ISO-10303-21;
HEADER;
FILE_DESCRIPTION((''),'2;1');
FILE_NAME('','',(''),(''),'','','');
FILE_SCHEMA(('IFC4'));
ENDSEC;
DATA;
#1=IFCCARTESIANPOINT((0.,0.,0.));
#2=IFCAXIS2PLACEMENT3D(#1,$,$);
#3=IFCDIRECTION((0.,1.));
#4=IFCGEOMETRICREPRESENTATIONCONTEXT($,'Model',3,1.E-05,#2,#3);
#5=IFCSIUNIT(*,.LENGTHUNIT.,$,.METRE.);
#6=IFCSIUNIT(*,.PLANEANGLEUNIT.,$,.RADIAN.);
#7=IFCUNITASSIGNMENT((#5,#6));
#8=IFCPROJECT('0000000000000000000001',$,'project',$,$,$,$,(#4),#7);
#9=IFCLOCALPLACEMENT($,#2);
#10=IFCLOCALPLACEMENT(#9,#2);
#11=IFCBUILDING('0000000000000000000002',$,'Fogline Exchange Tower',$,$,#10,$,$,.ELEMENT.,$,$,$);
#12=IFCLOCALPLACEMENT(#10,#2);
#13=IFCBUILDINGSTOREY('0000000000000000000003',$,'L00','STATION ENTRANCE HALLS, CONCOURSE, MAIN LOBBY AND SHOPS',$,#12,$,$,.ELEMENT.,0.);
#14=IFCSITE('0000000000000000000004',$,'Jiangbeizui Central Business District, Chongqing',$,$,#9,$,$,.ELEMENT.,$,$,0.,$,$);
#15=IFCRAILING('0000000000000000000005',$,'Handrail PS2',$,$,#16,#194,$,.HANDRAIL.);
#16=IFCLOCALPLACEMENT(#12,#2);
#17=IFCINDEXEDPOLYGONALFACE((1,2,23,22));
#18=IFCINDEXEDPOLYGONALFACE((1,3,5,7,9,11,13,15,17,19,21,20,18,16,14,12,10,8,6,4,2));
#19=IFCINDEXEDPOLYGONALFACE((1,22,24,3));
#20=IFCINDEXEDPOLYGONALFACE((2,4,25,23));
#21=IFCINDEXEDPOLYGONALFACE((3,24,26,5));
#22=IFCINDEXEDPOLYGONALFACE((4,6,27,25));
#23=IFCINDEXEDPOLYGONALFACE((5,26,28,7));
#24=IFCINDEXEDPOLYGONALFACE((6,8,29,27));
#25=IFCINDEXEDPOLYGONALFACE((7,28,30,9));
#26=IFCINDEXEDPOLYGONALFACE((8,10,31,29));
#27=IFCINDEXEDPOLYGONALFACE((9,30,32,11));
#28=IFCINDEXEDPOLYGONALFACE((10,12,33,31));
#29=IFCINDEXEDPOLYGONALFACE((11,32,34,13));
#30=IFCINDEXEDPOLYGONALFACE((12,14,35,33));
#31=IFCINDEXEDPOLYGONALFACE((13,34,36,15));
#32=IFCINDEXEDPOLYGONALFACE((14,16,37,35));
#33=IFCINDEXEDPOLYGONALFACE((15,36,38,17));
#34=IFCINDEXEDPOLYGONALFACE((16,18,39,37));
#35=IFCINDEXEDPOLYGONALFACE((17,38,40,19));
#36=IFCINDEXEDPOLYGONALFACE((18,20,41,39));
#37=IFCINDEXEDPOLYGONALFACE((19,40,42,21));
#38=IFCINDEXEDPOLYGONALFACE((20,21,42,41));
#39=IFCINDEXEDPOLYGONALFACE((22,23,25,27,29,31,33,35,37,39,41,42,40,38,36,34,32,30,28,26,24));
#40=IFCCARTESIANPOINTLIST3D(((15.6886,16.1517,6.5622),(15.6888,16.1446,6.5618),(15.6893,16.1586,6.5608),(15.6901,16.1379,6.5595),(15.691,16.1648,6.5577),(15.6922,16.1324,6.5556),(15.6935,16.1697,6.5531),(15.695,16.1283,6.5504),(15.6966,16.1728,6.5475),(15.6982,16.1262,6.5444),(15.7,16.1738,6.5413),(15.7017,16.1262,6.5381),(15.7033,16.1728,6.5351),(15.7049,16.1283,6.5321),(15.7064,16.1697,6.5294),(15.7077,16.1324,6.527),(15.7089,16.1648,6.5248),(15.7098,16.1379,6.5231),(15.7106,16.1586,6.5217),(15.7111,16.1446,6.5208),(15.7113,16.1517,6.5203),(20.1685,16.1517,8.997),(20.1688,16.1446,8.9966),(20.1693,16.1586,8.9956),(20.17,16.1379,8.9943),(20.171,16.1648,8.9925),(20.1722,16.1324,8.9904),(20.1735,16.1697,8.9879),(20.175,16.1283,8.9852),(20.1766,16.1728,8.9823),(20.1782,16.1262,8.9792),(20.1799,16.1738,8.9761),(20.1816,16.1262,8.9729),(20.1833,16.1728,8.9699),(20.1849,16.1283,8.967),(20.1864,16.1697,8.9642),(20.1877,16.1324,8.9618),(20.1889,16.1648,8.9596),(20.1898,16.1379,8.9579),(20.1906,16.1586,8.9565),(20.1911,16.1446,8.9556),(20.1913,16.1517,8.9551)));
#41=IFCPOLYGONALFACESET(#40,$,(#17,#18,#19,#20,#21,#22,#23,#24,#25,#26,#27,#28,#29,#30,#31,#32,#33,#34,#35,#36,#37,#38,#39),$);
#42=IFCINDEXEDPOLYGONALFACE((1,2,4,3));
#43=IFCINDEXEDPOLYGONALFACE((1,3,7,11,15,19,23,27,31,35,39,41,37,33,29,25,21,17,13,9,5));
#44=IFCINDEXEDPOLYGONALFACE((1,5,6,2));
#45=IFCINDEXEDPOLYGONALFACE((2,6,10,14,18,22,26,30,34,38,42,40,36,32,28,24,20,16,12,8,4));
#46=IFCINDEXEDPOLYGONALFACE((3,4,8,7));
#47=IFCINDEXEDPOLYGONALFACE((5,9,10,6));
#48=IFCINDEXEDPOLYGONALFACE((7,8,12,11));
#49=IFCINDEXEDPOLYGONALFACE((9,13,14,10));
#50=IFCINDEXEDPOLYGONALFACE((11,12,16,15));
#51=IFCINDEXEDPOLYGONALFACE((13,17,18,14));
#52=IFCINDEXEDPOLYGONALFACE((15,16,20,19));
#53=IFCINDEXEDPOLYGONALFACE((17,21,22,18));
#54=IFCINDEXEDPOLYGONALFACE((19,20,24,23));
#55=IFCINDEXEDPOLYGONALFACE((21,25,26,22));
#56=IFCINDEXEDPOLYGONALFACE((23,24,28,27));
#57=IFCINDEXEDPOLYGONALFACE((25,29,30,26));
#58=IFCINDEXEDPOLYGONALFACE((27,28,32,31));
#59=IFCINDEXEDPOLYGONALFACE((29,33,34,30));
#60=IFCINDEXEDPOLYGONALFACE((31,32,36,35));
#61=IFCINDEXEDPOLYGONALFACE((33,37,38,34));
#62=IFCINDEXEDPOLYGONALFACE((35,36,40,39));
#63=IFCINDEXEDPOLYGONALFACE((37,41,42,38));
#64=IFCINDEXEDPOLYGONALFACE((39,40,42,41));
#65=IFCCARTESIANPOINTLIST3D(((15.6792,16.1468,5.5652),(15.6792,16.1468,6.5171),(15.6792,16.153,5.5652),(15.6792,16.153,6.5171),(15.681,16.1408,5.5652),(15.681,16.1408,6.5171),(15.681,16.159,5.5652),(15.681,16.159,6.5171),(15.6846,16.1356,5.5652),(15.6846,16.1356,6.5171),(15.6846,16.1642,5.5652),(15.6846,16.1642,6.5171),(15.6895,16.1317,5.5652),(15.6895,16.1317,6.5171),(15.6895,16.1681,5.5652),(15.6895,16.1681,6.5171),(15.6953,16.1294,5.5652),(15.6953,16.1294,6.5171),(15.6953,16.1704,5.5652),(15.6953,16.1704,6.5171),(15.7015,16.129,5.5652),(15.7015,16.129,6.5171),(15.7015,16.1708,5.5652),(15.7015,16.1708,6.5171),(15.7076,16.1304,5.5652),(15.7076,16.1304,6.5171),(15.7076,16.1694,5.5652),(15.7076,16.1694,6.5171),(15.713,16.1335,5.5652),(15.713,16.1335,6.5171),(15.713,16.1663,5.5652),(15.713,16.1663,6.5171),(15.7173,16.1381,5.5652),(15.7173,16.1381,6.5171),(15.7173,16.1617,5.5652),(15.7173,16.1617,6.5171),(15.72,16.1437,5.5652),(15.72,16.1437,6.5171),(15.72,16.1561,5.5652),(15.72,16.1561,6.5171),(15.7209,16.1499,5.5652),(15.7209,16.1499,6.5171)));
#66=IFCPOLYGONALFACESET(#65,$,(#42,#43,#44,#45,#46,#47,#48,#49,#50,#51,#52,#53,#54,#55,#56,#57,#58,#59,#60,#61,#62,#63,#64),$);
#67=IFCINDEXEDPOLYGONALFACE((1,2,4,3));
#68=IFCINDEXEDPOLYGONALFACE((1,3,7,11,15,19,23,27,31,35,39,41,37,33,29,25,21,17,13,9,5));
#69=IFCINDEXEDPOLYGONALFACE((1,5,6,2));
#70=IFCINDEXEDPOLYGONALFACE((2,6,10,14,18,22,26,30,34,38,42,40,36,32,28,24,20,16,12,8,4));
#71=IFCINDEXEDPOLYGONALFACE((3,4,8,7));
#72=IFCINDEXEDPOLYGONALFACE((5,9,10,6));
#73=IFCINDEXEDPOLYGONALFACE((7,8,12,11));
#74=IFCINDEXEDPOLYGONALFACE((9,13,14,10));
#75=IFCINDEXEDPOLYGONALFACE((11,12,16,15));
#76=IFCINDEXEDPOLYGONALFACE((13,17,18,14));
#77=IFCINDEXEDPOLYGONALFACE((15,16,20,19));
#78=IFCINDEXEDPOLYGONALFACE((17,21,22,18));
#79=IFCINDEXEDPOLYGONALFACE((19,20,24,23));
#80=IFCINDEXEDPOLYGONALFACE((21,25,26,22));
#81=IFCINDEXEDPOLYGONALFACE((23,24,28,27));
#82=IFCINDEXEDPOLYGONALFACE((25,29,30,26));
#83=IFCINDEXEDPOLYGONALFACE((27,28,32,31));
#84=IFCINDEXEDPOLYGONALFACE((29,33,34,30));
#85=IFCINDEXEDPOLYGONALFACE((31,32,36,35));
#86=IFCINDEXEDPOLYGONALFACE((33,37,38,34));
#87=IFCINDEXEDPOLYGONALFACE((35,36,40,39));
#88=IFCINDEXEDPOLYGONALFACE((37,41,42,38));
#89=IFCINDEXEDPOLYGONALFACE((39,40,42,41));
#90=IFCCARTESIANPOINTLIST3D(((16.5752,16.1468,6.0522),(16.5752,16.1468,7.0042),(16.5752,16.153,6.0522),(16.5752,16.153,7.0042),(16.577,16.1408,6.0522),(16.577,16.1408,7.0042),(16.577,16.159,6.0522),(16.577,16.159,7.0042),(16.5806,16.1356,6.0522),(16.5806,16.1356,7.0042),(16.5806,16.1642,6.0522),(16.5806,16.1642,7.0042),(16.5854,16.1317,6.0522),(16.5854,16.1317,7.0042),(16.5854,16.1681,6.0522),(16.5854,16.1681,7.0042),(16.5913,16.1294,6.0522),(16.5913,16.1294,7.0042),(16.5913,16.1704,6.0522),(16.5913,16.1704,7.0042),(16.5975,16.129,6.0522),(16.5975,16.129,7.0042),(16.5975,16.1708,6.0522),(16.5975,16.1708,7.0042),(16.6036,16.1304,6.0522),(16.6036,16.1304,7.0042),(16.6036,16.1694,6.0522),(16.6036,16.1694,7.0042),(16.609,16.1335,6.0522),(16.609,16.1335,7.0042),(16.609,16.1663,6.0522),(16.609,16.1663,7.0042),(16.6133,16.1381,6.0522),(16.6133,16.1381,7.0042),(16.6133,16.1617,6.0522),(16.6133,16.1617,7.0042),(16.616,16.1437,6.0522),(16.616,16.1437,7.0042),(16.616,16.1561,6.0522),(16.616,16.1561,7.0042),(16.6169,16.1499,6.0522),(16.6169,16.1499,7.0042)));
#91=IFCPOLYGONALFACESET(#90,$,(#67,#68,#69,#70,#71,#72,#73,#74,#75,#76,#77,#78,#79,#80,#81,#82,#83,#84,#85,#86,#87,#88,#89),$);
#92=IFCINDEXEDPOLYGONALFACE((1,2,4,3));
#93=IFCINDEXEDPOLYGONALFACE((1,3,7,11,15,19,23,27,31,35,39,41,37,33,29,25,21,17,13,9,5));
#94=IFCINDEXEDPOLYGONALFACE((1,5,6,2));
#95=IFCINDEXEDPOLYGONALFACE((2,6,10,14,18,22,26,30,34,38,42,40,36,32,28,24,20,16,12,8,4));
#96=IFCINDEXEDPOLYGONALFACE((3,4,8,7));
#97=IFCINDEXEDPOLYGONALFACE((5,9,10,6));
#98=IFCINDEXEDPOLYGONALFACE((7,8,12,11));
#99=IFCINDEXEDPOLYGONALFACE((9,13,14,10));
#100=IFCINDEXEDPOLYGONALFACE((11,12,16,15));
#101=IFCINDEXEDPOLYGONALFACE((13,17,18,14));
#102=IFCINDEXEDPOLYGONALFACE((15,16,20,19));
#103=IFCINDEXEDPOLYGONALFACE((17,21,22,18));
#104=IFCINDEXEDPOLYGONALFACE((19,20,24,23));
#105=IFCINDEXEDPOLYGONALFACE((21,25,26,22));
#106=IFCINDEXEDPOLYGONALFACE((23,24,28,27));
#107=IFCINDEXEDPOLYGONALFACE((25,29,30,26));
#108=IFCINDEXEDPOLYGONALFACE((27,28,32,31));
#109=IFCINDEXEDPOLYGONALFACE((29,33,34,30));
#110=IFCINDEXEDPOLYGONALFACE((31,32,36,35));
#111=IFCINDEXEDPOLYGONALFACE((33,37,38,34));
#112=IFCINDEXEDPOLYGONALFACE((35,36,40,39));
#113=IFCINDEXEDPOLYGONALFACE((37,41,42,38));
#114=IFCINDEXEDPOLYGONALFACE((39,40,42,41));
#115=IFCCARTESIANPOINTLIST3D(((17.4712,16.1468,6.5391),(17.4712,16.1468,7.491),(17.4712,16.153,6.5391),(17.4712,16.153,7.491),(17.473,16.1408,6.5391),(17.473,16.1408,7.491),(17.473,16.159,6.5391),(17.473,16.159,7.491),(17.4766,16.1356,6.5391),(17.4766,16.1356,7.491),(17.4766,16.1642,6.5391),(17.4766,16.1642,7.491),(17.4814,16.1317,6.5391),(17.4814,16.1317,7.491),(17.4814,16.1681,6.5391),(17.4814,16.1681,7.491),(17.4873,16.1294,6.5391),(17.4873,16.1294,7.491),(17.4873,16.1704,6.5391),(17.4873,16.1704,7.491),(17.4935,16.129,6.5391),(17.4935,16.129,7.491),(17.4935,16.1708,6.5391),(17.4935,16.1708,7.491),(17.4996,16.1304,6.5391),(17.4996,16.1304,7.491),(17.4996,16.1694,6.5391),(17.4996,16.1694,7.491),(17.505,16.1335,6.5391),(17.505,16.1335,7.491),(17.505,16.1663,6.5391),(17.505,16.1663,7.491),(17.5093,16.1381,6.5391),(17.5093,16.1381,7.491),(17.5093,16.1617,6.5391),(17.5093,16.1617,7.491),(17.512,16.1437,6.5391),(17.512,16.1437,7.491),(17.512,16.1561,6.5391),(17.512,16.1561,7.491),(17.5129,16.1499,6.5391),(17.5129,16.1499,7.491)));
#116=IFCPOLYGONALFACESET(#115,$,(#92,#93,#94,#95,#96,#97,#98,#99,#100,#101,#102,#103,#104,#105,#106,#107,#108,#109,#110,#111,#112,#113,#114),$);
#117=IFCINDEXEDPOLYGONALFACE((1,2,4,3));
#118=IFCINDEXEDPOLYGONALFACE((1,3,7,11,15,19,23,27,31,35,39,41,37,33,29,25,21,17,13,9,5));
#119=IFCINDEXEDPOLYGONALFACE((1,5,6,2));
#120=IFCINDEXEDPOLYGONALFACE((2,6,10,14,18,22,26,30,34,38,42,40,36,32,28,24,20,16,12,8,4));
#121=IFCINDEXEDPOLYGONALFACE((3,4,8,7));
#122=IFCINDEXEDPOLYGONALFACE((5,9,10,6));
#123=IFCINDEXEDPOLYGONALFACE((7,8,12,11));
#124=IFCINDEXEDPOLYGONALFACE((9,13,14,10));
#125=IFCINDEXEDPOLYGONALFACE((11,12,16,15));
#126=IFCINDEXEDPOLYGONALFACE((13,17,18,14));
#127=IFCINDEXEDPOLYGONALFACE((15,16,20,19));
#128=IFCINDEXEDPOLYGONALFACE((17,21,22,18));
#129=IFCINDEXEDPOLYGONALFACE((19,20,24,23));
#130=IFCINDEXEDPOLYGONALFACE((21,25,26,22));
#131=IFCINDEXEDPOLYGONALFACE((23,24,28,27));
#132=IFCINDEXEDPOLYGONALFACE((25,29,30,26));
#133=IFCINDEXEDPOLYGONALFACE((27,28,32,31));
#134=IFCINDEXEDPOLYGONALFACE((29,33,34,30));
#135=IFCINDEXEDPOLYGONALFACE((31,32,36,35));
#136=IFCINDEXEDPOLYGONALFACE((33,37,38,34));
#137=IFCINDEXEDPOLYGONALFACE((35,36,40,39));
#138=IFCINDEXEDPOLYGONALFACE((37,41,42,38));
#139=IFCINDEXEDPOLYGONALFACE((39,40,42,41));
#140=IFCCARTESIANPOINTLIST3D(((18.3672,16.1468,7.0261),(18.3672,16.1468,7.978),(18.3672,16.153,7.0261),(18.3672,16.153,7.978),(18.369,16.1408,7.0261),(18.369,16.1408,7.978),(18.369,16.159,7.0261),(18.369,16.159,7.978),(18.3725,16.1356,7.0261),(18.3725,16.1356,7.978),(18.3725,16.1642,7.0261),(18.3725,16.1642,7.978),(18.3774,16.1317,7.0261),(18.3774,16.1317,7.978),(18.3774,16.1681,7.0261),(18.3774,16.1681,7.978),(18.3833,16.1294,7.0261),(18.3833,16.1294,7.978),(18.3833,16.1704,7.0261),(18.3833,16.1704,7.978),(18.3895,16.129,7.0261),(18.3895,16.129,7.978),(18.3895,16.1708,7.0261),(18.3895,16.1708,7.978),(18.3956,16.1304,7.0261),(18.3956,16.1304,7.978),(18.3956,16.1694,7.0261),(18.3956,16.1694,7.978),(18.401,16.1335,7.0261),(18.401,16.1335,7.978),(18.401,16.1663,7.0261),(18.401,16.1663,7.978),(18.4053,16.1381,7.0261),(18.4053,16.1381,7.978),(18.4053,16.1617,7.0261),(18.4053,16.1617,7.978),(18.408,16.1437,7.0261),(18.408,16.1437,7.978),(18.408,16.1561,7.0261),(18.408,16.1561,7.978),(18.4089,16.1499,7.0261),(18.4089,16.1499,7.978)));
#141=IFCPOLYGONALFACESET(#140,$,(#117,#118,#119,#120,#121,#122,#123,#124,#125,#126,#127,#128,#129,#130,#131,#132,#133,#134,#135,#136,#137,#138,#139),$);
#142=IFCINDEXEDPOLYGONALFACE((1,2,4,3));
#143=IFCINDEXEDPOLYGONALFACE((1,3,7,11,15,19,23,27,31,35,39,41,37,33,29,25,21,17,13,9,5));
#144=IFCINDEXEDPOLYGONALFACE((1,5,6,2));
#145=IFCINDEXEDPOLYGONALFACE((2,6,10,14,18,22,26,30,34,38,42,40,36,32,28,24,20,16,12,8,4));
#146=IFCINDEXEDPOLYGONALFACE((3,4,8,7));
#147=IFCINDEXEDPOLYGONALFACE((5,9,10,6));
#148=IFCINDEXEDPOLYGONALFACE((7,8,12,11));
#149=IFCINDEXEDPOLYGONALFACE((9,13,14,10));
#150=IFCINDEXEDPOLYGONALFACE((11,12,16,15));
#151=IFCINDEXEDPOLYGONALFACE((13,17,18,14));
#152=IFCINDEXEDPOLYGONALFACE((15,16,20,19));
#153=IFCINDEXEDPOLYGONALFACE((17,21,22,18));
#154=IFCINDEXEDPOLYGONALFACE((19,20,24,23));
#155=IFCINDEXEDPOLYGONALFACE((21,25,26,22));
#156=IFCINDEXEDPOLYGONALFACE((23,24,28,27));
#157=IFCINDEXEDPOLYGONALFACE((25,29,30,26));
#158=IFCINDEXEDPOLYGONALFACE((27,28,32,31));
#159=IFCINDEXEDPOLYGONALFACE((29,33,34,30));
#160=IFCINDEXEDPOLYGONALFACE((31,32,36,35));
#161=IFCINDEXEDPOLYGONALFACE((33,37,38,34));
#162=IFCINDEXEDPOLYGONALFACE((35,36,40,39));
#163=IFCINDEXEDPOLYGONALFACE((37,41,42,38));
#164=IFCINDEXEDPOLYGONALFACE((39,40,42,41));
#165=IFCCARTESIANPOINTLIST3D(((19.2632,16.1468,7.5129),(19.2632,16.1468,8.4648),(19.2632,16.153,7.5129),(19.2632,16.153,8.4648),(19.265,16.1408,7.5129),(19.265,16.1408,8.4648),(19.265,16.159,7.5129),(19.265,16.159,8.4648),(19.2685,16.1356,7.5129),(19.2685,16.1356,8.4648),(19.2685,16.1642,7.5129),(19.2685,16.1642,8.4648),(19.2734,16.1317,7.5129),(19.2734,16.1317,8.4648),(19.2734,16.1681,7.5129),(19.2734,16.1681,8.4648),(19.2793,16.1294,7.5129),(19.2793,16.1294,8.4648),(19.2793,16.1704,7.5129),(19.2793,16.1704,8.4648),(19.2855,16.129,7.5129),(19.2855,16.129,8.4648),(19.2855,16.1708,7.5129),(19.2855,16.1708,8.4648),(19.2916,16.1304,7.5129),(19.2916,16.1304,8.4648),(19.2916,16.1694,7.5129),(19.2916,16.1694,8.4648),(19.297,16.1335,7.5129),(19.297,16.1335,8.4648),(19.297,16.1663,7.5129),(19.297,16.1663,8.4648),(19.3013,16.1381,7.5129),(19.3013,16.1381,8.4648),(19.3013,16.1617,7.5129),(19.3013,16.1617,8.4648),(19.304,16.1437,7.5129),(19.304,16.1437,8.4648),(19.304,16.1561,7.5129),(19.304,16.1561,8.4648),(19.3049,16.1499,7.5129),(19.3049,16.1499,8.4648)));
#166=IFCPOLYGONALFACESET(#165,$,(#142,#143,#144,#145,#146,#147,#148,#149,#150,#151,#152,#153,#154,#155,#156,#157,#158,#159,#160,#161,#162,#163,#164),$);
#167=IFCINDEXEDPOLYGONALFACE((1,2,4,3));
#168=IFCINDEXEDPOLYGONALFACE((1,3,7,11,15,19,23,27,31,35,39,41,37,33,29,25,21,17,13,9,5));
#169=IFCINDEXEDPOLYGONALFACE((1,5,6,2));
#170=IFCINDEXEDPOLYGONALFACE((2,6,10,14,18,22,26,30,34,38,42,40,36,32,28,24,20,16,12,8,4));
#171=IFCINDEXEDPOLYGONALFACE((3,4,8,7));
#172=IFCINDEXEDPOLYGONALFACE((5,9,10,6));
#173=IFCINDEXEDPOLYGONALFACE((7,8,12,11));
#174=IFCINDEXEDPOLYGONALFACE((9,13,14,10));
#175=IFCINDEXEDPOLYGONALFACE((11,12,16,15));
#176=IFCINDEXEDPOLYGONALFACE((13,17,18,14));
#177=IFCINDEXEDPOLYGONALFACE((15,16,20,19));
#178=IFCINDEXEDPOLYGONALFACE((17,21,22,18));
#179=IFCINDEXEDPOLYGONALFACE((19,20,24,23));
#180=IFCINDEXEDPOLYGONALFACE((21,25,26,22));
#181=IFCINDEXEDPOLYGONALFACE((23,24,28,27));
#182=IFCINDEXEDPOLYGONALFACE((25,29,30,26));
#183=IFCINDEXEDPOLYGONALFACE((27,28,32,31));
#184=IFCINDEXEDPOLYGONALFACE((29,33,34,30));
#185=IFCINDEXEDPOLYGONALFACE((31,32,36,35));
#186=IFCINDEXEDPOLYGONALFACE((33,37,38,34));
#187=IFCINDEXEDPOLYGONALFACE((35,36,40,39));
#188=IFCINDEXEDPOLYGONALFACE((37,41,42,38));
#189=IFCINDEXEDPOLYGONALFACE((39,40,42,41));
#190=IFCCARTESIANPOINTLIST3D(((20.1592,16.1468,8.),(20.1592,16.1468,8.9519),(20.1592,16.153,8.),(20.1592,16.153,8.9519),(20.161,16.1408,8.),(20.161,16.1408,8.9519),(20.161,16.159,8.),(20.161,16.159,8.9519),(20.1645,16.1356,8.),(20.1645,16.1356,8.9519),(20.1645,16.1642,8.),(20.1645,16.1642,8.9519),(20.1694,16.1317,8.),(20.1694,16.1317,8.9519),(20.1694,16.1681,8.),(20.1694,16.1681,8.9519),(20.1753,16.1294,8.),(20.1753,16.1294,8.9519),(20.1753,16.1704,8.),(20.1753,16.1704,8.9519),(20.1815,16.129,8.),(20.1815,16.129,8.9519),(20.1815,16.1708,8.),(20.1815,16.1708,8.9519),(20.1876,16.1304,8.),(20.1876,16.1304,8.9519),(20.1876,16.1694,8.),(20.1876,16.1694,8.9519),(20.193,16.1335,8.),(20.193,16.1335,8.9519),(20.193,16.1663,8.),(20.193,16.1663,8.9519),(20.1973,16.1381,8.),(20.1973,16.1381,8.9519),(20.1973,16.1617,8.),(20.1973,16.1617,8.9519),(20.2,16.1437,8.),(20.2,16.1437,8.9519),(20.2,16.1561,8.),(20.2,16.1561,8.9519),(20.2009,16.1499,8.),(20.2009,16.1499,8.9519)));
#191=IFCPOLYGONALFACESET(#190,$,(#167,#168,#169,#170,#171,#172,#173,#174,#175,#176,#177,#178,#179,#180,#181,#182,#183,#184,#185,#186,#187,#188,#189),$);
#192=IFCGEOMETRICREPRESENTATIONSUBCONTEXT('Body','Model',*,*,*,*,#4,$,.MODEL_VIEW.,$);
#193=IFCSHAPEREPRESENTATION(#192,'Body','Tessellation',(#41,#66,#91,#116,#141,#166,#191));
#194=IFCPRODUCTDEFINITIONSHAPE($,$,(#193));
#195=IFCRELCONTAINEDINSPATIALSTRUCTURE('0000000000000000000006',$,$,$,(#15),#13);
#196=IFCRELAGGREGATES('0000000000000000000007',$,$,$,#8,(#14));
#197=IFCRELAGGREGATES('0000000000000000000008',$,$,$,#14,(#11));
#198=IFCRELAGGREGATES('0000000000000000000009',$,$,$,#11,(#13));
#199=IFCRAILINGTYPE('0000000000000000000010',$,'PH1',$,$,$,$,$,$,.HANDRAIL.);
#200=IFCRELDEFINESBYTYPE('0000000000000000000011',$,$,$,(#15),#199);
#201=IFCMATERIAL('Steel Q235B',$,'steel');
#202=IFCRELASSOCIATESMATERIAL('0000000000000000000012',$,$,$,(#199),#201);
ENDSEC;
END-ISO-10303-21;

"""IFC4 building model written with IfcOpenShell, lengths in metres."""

from ifc_helpers import new_model, si_unit, direction, frame, origin, origin_2d, place, context, subcontext, project, spatial, circle, extrude, material, type_object, element, save


model = new_model("IFC4")

# Units and contexts
model_context = context("Model", 3, precision=1e-05, world=origin(), true_north=direction((0.0, 1.0)))
body_context = subcontext(model_context, "Body", "Model", "MODEL_VIEW")
ifc_project = project(units=[si_unit("LENGTHUNIT", "METRE"), si_unit("PLANEANGLEUNIT", "RADIAN")], contexts=[model_context])

# Site, building, storey
site_placement = place(None, origin())
site = spatial("IfcSite", under=ifc_project, at=site_placement, Name="Jiangbeizui Central Business District, Chongqing", CompositionType="ELEMENT", RefElevation=0.0)
building_placement = place(site_placement, origin())
building = spatial("IfcBuilding", under=site, at=building_placement, Name="Fogline Exchange Tower", CompositionType="ELEMENT")
storey_placement = place(building_placement, origin())
storey = spatial("IfcBuildingStorey", under=building, at=storey_placement, Name="L00", Description="STATION ENTRANCE HALLS, CONCOURSE, MAIN LOBBY AND SHOPS", CompositionType="ELEMENT", Elevation=0.0)

# Railing
ifc_material_1 = material(Name="Steel Q235B", Category="steel")
railing_type_1 = type_object("IfcRailingType", Name="PH1", PredefinedType="HANDRAIL", material=ifc_material_1)
railing_1_placement = place(storey_placement, frame((15.7, 16.1499, 5.5652)))
element("IfcRailing", 1, at=railing_1_placement, inside=storey, type_object=railing_type_1, Name="Handrail PS2", PredefinedType="HANDRAIL", context=body_context, shape_type="SweptSolid", body=[
    extrude(circle(Radius=0.0239, at=origin_2d()), frame((0.0, 0.0, 0.9761), z_axis=(0.878621, 0.0, 0.47752), x_axis=(0.0, 1.0, 0.0)), (0.0, 0.0, 1.0), 5.0989),
    extrude(circle(Radius=0.021, at=origin_2d()), origin(), (0.0, 0.0, 1.0), 0.9519),
    extrude(circle(Radius=0.021, at=origin_2d()), frame((0.896, 0.0, 0.4871)), (0.0, 0.0, 1.0), 0.9519),
    extrude(circle(Radius=0.021, at=origin_2d()), frame((1.792, 0.0, 0.9739)), (0.0, 0.0, 1.0), 0.9519),
    extrude(circle(Radius=0.021, at=origin_2d()), frame((2.688, 0.0, 1.4609)), (0.0, 0.0, 1.0), 0.9519),
    extrude(circle(Radius=0.021, at=origin_2d()), frame((3.584, 0.0, 1.9478)), (0.0, 0.0, 1.0), 0.9519),
    extrude(circle(Radius=0.021, at=origin_2d()), frame((4.48, 0.0, 2.4348)), (0.0, 0.0, 1.0), 0.9519),
])

save(model, "model.ifc")
